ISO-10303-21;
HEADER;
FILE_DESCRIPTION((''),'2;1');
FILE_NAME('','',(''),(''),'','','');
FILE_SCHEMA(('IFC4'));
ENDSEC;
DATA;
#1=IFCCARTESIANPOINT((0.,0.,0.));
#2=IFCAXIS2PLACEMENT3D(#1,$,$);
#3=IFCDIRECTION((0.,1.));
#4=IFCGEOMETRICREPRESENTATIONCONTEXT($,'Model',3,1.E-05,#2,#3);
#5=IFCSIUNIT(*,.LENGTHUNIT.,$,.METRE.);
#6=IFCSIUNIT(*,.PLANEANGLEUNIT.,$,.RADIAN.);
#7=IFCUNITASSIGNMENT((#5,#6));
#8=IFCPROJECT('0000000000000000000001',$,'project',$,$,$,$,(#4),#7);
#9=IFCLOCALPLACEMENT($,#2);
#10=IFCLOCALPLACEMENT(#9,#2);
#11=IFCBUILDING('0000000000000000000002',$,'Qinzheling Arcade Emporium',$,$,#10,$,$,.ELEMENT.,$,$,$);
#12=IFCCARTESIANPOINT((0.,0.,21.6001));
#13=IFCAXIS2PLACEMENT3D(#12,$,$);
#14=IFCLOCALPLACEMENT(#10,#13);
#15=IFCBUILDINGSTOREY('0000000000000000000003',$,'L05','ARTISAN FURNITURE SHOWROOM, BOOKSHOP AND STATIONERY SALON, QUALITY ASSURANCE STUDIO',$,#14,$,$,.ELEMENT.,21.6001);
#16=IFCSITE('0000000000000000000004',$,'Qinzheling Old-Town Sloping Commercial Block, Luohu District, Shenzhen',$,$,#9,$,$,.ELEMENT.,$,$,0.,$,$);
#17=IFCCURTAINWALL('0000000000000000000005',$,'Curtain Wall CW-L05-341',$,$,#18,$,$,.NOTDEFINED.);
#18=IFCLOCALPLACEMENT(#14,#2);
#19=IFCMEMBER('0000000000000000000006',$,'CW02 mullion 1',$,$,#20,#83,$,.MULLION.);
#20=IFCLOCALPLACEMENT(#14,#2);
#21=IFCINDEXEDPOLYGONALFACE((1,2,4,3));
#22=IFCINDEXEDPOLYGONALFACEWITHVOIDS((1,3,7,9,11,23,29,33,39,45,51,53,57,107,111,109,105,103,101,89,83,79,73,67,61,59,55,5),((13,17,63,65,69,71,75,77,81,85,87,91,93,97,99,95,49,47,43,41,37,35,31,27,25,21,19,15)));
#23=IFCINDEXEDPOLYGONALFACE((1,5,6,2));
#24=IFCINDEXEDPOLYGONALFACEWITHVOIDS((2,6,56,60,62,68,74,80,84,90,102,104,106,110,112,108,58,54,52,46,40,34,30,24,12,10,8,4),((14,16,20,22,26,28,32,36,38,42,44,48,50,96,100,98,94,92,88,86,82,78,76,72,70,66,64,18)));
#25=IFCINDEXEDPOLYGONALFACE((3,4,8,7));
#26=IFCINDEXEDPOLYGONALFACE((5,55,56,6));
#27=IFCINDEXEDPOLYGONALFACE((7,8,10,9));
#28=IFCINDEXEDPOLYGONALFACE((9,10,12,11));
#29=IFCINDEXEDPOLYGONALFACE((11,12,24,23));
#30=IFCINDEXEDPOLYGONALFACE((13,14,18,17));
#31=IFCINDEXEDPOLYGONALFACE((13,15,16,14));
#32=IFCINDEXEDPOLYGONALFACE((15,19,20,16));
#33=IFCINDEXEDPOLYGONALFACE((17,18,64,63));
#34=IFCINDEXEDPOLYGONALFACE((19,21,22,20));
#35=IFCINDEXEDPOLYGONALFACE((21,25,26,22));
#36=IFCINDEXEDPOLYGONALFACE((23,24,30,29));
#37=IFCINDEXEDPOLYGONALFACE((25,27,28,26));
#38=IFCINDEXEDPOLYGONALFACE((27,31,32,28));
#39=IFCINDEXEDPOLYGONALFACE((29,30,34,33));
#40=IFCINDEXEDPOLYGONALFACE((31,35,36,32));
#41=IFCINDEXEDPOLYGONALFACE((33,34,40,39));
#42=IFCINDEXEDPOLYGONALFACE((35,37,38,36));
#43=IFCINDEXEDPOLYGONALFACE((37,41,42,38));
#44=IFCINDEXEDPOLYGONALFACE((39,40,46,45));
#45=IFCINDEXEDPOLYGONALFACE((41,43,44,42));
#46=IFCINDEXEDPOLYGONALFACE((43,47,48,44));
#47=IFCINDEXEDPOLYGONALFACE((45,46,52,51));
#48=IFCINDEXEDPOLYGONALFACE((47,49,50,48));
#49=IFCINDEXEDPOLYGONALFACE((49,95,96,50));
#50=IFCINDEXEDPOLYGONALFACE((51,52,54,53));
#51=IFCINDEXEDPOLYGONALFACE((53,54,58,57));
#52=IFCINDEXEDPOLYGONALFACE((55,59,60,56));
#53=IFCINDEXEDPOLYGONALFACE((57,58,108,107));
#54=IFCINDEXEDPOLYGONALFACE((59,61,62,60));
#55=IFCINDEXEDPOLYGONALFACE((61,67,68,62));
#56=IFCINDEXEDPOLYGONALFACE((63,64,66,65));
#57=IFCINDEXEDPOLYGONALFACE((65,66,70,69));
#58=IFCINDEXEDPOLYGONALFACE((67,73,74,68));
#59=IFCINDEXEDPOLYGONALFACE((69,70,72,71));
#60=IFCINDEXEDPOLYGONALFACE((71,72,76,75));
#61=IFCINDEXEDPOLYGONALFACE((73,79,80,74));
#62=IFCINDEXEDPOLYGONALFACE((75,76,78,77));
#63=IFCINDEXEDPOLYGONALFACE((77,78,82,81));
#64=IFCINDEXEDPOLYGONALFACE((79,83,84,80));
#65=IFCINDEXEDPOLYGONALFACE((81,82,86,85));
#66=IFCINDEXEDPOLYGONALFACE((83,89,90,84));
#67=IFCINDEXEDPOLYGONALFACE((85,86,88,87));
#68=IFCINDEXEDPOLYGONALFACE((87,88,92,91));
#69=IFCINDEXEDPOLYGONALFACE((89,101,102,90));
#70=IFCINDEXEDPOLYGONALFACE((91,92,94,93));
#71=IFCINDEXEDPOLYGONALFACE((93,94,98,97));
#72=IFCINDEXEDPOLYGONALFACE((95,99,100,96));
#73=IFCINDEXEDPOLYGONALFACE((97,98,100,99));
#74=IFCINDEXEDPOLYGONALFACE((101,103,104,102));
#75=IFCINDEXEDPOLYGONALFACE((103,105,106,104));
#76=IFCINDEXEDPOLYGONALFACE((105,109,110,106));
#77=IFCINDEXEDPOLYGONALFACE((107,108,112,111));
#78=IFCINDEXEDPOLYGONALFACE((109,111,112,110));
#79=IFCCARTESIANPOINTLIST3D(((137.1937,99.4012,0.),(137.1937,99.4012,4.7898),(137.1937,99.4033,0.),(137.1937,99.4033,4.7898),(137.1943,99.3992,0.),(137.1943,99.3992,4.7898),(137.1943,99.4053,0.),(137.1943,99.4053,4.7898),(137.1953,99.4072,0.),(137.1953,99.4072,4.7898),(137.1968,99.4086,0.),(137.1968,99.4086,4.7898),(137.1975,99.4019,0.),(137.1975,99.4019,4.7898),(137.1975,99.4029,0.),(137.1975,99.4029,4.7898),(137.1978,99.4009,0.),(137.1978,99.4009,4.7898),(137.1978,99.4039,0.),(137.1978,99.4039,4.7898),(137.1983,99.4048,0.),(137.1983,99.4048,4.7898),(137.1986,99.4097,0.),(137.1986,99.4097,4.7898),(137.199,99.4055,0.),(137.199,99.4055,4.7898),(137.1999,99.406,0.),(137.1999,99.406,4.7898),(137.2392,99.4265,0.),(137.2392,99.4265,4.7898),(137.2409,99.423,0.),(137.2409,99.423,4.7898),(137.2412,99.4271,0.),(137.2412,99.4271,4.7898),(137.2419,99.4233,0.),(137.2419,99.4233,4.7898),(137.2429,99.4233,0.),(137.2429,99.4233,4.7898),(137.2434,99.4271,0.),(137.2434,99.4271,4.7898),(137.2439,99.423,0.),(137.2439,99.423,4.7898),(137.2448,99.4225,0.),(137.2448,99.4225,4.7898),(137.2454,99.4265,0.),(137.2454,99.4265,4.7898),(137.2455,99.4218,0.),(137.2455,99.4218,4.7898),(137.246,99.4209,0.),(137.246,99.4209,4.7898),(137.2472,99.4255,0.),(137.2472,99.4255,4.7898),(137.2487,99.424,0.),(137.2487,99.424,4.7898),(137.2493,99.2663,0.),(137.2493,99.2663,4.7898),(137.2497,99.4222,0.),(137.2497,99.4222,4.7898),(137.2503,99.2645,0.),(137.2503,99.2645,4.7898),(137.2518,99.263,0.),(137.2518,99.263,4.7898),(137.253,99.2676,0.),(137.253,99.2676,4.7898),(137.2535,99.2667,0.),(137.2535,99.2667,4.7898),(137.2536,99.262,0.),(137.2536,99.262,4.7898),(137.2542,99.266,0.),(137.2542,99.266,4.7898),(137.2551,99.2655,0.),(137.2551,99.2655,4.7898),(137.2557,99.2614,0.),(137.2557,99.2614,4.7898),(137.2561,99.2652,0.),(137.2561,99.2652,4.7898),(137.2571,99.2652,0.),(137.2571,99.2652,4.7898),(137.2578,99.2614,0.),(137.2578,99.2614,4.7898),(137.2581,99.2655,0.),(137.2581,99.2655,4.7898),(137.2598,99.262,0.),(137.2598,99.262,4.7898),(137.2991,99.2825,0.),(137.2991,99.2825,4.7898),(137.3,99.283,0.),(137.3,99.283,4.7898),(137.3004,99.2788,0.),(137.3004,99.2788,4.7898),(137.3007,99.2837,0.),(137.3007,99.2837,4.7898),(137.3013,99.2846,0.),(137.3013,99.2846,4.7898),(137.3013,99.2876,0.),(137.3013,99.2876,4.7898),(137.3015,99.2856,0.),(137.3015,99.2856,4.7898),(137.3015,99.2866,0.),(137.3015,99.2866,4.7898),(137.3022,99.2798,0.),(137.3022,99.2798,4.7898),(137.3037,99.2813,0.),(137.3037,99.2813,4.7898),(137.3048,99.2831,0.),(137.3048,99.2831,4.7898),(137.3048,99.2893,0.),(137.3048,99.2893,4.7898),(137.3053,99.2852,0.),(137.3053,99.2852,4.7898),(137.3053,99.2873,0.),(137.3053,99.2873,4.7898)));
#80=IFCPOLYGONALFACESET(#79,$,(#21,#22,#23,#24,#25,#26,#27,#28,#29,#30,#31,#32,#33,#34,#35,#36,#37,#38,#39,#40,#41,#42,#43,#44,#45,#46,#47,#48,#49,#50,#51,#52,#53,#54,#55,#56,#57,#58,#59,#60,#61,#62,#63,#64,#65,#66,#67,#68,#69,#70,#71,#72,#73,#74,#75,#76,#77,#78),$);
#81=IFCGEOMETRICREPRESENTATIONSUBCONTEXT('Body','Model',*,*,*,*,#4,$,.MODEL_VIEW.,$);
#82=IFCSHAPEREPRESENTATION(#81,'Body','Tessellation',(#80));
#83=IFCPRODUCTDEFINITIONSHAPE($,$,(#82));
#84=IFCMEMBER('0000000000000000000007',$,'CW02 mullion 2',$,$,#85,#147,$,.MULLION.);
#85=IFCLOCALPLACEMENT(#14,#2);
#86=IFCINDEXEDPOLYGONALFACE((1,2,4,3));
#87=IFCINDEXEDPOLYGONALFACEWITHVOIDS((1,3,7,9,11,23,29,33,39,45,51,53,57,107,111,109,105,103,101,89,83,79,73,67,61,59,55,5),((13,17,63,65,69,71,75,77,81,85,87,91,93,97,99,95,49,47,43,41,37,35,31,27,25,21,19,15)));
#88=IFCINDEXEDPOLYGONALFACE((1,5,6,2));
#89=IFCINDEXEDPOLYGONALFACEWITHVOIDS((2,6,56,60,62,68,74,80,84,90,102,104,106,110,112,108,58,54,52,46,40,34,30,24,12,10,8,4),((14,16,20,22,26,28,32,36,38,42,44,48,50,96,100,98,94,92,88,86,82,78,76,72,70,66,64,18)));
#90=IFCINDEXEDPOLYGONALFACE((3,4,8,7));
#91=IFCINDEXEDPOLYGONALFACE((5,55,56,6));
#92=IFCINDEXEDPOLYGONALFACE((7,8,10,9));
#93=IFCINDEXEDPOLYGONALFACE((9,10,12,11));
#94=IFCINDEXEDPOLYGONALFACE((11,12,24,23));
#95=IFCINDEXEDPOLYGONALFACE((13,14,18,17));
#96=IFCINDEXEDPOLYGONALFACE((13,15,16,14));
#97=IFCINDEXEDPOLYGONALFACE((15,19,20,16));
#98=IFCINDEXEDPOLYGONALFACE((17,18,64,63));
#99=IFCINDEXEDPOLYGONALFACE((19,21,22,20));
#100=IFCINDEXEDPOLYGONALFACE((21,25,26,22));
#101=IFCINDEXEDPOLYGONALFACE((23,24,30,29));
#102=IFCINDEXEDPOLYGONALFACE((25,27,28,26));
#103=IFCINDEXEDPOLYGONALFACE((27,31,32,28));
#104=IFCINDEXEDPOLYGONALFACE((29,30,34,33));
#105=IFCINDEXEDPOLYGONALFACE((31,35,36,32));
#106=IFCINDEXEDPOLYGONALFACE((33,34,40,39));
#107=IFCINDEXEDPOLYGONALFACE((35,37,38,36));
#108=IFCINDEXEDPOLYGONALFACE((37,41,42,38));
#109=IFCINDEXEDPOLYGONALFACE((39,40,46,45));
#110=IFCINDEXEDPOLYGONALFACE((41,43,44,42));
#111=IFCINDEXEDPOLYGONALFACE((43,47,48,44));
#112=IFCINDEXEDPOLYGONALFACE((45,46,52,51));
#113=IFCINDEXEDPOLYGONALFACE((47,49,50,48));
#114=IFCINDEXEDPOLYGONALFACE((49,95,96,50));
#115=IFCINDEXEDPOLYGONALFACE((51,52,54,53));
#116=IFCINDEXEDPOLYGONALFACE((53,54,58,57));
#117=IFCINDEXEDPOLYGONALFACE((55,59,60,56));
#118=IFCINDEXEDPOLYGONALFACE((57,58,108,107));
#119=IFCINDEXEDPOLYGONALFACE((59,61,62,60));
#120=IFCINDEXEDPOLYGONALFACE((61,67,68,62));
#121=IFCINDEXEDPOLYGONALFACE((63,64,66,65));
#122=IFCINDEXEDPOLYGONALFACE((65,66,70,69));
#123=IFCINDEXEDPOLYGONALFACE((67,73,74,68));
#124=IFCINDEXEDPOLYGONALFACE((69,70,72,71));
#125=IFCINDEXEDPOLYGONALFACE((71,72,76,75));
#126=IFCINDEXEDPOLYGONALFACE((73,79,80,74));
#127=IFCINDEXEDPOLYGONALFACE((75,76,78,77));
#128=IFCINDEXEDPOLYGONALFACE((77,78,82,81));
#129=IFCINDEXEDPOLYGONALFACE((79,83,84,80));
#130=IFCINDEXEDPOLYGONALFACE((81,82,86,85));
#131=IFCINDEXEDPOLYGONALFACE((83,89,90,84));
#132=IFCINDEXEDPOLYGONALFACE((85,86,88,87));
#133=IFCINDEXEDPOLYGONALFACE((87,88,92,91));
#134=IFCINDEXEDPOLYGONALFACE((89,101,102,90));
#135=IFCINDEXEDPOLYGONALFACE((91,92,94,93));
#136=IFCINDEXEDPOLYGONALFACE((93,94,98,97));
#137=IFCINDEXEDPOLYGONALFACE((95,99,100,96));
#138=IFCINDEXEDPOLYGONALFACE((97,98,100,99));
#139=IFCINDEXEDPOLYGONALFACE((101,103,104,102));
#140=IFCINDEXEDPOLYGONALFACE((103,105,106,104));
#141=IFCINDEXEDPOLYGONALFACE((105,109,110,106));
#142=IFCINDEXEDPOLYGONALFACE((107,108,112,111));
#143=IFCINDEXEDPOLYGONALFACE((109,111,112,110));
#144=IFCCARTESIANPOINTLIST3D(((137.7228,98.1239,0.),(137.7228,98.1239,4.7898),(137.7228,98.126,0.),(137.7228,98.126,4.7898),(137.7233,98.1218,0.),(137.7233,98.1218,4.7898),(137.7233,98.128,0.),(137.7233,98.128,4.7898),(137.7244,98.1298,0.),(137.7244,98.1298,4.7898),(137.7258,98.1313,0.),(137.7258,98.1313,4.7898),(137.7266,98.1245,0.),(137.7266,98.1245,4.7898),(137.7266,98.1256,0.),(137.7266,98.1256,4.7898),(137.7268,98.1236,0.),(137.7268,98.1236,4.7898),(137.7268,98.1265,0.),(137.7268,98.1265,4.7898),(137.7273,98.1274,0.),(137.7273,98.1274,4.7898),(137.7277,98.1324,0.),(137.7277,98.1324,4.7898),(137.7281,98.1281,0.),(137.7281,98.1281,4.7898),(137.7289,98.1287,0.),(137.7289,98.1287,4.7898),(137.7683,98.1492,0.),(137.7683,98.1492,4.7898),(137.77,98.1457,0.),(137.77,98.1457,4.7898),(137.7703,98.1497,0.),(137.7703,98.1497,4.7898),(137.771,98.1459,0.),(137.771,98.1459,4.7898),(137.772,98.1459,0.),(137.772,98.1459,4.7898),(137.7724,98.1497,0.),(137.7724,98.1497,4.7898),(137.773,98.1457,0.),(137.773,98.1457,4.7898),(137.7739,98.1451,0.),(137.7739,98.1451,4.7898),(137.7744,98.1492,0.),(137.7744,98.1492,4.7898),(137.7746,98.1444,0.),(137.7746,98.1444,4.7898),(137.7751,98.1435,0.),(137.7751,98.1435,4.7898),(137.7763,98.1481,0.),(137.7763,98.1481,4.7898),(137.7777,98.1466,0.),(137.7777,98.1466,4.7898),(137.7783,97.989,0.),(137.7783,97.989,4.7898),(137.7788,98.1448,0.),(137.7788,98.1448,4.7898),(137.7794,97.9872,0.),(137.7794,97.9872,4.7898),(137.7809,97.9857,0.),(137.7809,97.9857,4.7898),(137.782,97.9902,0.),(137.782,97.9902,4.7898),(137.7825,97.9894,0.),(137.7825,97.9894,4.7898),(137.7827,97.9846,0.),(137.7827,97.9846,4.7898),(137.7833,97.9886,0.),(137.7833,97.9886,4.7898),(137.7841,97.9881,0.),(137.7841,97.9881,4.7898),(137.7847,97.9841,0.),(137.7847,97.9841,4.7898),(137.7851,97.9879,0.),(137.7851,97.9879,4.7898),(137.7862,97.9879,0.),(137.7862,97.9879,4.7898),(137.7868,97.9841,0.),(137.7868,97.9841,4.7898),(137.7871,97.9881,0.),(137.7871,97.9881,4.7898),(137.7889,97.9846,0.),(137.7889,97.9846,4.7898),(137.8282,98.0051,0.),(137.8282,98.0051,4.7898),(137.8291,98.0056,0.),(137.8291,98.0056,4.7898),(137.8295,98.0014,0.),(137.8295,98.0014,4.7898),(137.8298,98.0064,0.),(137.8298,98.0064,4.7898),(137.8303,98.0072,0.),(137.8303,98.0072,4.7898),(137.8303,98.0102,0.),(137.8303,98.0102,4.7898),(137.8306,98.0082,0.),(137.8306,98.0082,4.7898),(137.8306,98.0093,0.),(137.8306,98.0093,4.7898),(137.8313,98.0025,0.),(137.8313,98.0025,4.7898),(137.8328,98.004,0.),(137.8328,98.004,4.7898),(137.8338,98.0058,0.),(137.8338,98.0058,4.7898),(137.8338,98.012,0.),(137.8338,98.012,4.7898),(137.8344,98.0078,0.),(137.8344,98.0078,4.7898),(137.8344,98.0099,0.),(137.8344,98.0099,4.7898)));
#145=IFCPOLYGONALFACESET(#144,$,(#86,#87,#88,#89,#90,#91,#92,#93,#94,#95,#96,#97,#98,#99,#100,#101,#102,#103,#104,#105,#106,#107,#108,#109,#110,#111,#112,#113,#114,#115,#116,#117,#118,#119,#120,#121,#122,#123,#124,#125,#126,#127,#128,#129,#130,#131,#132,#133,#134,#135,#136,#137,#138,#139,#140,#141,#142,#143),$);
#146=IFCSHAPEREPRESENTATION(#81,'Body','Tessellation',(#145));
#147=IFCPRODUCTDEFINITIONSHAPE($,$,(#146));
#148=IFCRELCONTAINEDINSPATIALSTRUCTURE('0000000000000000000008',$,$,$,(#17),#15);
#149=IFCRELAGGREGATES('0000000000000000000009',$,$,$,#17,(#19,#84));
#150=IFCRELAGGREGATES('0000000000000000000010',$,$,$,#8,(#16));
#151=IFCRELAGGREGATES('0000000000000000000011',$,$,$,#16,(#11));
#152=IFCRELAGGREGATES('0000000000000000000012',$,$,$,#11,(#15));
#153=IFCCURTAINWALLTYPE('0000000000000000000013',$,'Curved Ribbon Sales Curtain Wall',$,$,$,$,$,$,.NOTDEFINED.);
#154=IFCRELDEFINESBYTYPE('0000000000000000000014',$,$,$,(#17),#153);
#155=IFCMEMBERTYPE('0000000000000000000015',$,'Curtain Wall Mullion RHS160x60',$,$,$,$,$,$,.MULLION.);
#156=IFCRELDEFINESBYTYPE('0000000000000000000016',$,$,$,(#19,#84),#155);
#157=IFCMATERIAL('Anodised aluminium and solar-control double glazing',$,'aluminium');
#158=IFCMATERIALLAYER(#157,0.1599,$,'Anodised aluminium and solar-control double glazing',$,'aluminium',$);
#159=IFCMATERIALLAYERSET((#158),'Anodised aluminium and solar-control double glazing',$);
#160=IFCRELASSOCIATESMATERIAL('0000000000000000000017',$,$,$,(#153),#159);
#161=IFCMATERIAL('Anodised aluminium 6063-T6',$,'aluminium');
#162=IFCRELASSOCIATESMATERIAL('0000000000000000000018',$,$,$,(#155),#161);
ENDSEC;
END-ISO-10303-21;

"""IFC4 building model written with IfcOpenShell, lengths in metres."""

from ifc_helpers import new_model, si_unit, direction, frame, origin, origin_2d, place, context, subcontext, project, spatial, hollow_rectangle, extrude, material, layer, layer_set, material_profile, profile_set, type_object, element, aggregate, save


model = new_model("IFC4")

# Units and contexts
model_context = context("Model", 3, precision=1e-05, world=origin(), true_north=direction((0.0, 1.0)))
body_context = subcontext(model_context, "Body", "Model", "MODEL_VIEW")
ifc_project = project(units=[si_unit("LENGTHUNIT", "METRE"), si_unit("PLANEANGLEUNIT", "RADIAN")], contexts=[model_context])

# Site, building, storey
site_placement = place(None, origin())
site = spatial("IfcSite", under=ifc_project, at=site_placement, Name="Qinzheling Old-Town Sloping Commercial Block, Luohu District, Shenzhen", CompositionType="ELEMENT", RefElevation=0.0)
building_placement = place(site_placement, origin())
building = spatial("IfcBuilding", under=site, at=building_placement, Name="Qinzheling Arcade Emporium", CompositionType="ELEMENT")
storey_placement = place(building_placement, frame((0.0, 0.0, 21.6001)))
storey = spatial("IfcBuildingStorey", under=building, at=storey_placement, Name="L05", Description="ARTISAN FURNITURE SHOWROOM, BOOKSHOP AND STATIONERY SALON, QUALITY ASSURANCE STUDIO", CompositionType="ELEMENT", Elevation=21.6001)

# Shared definitions
ifc_material_1 = material(Name="Anodised aluminium and solar-control double glazing", Category="aluminium")
ifc_layer_1 = layer(ifc_material_1, 0.1599, Name="Anodised aluminium and solar-control double glazing", Category="aluminium")
ifc_layer_set_1 = layer_set([ifc_layer_1], Name="Anodised aluminium and solar-control double glazing")
curtain_wall_type = type_object("IfcCurtainWallType", Name="Curved Ribbon Sales Curtain Wall", PredefinedType="NOTDEFINED", material=ifc_layer_set_1)
ifc_material_2 = material(Name="Anodised aluminium 6063-T6", Category="aluminium")
ifc_material_profile_1 = material_profile(ifc_material_2, hollow_rectangle(XDim=0.0601, YDim=0.1599, WallThickness=0.0039, InnerFilletRadius=0.0039, OuterFilletRadius=0.0081, at=origin_2d()), Name="RHS 160x60x4", Category="aluminium")
ifc_profile_set_1 = profile_set([ifc_material_profile_1], Name="Anodised aluminium 6063-T6")
member_type_1 = type_object("IfcMemberType", Name="Curtain Wall Mullion RHS160x60", PredefinedType="MULLION", material=ifc_profile_set_1)

# Curtain wall, members
curtain_wall_1_placement = place(storey_placement, origin())
curtain_wall_1 = element("IfcCurtainWall", 1, at=curtain_wall_1_placement, inside=storey, type_object=curtain_wall_type, Name="Curtain Wall CW-L05-341", PredefinedType="NOTDEFINED")
member_1_placement = place(storey_placement, frame((137.2495, 99.3442, 0.0), z_axis=(0.0, 0.0, 1.0), x_axis=(0.923892, 0.382654, 0.0)))
member_1 = element("IfcMember", 2, at=member_1_placement, type_object=member_type_1, Name="CW02 mullion 1", PredefinedType="MULLION", context=body_context, shape_type="SweptSolid", body=[
    extrude(hollow_rectangle(XDim=0.0601, YDim=0.1599, WallThickness=0.0039, InnerFilletRadius=0.0039, OuterFilletRadius=0.0081, at=origin_2d()), origin(), (0.0, 0.0, 1.0), 4.7898),
])
member_2_placement = place(storey_placement, frame((137.7786, 98.0669, 0.0), z_axis=(0.0, 0.0, 1.0), x_axis=(0.923892, 0.382654, 0.0)))
member_2 = element("IfcMember", 3, at=member_2_placement, type_object=member_type_1, Name="CW02 mullion 2", PredefinedType="MULLION", context=body_context, shape_type="SweptSolid", body=[
    extrude(hollow_rectangle(XDim=0.0601, YDim=0.1599, WallThickness=0.0039, InnerFilletRadius=0.0039, OuterFilletRadius=0.0081, at=origin_2d()), origin(), (0.0, 0.0, 1.0), 4.7898),
])

aggregate(curtain_wall_1, [member_1, member_2])

save(model, "model.ifc")
